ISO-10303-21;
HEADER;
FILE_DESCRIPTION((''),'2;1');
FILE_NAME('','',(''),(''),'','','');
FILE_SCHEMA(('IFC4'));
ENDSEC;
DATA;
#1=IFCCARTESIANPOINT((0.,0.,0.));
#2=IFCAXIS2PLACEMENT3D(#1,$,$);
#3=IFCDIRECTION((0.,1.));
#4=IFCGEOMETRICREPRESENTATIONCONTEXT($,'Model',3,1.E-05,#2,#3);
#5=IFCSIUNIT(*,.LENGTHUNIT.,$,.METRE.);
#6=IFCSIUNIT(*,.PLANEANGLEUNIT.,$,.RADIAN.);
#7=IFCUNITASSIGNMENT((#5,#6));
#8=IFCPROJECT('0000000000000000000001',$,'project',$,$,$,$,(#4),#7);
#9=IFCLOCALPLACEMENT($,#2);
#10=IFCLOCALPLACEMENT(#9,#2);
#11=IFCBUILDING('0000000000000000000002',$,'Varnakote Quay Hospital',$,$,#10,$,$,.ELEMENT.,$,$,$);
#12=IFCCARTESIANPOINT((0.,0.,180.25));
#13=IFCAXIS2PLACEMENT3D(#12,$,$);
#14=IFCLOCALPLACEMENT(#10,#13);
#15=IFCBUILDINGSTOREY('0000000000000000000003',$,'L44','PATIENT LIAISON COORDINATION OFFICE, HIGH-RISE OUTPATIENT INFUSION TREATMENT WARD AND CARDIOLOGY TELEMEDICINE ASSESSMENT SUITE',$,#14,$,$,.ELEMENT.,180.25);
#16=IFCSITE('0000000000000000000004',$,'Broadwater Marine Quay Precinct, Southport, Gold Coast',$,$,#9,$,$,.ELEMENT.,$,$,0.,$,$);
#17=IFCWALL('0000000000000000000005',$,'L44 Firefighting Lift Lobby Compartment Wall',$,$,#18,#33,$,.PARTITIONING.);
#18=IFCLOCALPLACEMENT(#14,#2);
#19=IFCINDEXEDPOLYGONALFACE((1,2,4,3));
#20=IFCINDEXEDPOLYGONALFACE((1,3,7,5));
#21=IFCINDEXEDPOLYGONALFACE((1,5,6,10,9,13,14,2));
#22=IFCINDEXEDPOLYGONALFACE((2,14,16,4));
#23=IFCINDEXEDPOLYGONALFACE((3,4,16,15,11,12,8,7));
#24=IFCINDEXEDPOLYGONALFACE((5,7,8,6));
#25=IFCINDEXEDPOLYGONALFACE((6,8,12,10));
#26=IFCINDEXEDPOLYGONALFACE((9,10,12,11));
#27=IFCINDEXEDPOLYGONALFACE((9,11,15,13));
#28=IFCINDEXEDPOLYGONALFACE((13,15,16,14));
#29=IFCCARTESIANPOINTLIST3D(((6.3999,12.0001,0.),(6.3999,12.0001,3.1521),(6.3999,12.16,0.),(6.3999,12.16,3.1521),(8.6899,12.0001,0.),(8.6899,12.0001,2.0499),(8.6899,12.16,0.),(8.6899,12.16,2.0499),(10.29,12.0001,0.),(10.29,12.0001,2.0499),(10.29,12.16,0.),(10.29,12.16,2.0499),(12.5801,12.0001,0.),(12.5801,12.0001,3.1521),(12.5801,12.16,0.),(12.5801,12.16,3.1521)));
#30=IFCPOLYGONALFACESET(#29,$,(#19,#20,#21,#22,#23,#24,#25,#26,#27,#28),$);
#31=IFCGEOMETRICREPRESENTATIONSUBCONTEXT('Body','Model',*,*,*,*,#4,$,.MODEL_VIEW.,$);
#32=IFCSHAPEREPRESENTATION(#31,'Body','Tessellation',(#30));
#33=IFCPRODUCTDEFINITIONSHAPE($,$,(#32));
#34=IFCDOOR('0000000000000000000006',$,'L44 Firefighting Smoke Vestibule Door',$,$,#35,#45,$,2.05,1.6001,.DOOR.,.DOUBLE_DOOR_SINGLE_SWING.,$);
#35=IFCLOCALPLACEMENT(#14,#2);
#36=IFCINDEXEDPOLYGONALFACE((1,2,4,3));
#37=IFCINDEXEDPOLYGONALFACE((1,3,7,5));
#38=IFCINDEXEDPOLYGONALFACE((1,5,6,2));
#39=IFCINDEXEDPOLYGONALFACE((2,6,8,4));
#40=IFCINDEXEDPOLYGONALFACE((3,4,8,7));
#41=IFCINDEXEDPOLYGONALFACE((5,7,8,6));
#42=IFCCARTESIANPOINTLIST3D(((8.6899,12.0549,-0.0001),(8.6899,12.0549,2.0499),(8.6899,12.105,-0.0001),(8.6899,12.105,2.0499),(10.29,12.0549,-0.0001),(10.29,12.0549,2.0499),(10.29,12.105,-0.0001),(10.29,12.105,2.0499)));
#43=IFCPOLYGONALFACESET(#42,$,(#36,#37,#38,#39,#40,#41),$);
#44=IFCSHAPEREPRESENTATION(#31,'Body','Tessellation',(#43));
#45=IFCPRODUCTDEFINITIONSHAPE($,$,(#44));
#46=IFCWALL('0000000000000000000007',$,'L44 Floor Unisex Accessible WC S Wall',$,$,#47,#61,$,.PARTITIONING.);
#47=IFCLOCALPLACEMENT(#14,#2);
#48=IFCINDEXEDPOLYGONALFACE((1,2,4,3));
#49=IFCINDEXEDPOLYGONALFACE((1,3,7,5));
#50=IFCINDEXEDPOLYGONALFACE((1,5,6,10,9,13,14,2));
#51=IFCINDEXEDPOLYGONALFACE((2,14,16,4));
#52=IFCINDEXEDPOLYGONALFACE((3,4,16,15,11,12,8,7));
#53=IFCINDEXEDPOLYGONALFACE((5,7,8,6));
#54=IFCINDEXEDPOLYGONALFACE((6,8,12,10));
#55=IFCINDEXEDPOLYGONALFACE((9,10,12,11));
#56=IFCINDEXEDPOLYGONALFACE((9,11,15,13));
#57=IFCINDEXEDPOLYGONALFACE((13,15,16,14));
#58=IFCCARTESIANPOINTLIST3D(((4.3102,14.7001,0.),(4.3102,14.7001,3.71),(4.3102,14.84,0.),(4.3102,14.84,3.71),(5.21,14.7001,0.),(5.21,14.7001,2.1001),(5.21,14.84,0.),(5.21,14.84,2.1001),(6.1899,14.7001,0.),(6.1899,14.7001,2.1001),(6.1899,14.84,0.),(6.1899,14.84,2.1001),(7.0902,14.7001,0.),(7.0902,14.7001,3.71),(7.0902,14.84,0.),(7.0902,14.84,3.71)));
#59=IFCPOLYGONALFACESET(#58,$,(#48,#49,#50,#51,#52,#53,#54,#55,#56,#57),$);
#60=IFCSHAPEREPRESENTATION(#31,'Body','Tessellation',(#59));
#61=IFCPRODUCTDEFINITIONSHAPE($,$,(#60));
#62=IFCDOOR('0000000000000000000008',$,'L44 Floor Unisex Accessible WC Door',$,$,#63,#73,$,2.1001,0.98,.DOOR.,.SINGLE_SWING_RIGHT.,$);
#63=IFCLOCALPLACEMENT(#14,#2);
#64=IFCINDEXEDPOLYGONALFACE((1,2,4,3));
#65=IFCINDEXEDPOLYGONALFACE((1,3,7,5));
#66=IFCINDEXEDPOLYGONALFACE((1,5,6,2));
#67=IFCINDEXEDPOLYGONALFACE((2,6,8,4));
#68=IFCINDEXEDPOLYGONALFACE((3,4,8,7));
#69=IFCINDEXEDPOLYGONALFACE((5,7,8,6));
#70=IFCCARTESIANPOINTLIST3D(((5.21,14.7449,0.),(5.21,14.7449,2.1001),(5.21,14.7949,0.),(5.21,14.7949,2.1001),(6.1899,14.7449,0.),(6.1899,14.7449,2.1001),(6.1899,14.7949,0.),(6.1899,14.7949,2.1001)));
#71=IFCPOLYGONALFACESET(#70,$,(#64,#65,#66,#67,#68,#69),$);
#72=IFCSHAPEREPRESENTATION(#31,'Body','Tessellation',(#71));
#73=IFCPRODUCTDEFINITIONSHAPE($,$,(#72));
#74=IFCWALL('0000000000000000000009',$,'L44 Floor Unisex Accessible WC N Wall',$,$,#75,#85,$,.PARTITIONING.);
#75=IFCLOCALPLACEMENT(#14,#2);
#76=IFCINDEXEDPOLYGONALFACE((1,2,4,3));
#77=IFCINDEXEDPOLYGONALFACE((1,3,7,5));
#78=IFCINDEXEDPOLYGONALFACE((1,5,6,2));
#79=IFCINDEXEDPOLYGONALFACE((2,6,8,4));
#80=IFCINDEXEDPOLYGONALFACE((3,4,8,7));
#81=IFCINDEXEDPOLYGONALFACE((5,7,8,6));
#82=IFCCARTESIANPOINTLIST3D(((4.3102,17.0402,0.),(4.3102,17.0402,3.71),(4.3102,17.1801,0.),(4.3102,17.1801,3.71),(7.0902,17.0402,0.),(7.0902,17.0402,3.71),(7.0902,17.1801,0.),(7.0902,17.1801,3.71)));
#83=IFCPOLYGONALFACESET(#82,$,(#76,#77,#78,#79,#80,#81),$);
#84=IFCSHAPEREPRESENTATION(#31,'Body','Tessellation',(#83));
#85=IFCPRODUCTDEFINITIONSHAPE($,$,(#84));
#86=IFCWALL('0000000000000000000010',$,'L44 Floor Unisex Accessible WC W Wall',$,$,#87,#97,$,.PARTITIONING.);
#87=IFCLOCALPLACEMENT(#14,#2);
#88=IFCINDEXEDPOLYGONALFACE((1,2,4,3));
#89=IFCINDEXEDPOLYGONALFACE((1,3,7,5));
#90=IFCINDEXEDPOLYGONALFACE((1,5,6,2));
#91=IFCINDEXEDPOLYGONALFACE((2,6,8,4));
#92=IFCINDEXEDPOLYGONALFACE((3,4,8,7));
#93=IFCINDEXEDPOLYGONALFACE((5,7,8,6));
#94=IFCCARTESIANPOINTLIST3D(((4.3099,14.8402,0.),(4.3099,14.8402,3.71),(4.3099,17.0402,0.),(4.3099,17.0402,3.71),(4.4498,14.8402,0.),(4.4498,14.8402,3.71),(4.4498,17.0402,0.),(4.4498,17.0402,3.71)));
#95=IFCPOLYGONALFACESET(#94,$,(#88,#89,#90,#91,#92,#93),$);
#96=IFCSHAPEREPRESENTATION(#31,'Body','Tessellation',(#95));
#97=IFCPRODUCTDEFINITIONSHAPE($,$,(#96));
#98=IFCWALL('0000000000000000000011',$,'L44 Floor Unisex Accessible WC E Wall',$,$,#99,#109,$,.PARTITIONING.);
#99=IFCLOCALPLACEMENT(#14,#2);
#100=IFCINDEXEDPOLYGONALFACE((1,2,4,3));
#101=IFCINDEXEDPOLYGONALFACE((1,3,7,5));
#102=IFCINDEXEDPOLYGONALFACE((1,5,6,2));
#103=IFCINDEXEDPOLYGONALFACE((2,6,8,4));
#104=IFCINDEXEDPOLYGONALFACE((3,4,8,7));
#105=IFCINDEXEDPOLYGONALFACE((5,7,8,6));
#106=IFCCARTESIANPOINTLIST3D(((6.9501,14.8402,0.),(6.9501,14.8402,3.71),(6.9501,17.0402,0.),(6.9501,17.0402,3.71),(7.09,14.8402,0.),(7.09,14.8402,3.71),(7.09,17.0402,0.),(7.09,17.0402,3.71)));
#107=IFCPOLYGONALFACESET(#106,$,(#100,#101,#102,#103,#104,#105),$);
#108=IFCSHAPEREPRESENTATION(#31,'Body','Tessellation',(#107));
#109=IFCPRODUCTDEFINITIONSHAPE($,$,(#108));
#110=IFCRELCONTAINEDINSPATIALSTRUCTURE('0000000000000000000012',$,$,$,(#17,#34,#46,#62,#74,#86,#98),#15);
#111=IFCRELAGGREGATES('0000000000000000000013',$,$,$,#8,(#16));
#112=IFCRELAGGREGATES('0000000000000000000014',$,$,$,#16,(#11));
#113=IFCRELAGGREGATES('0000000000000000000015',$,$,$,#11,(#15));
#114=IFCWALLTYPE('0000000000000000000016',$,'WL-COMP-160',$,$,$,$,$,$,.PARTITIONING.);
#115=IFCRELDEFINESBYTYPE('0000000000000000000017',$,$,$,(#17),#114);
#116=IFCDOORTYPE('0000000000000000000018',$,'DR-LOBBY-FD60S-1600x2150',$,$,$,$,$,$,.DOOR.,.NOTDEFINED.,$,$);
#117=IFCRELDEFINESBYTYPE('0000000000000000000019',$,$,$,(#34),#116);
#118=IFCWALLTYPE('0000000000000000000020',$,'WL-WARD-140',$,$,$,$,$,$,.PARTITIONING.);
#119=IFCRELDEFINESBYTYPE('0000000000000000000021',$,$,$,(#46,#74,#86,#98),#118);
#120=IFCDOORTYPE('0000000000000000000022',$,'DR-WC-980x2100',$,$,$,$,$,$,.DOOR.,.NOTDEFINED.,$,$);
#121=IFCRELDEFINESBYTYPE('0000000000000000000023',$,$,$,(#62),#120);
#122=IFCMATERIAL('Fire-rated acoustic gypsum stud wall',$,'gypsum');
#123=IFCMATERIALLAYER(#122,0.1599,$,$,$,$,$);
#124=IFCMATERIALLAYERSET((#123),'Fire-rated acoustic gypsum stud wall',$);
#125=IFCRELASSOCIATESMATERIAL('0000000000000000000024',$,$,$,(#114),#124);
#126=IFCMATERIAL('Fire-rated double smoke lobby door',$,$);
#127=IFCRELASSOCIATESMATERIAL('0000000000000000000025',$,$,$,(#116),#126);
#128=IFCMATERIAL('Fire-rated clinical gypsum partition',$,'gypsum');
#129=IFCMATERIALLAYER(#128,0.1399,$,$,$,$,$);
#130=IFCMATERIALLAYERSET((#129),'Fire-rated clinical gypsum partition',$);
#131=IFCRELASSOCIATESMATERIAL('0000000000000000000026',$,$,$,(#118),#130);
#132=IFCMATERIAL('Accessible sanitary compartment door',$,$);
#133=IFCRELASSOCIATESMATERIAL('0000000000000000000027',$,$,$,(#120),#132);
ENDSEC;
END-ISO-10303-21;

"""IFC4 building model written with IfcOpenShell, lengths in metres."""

from ifc_helpers import new_model, si_unit, direction, frame, frame_2d, origin, place, context, subcontext, project, spatial, rectangle, extrude, material, layer, layer_set, type_object, element, fill, save


model = new_model("IFC4")

# Units and contexts
model_context = context("Model", 3, precision=1e-05, world=origin(), true_north=direction((0.0, 1.0)))
body_context = subcontext(model_context, "Body", "Model", "MODEL_VIEW")
ifc_project = project(units=[si_unit("LENGTHUNIT", "METRE"), si_unit("PLANEANGLEUNIT", "RADIAN")], contexts=[model_context])

# Site, building, storey
site_placement = place(None, origin())
site = spatial("IfcSite", under=ifc_project, at=site_placement, Name="Broadwater Marine Quay Precinct, Southport, Gold Coast", CompositionType="ELEMENT", RefElevation=0.0)
building_placement = place(site_placement, origin())
building = spatial("IfcBuilding", under=site, at=building_placement, Name="Varnakote Quay Hospital", CompositionType="ELEMENT")
storey_placement = place(building_placement, frame((0.0, 0.0, 180.25)))
storey = spatial("IfcBuildingStorey", under=building, at=storey_placement, Name="L44", Description="PATIENT LIAISON COORDINATION OFFICE, HIGH-RISE OUTPATIENT INFUSION TREATMENT WARD AND CARDIOLOGY TELEMEDICINE ASSESSMENT SUITE", CompositionType="ELEMENT", Elevation=180.25)

# Walls, openings, doors
ifc_material_1 = material(Name="Fire-rated acoustic gypsum stud wall", Category="gypsum")
ifc_layer_1 = layer(ifc_material_1, 0.1599)
ifc_layer_set_1 = layer_set([ifc_layer_1], Name="Fire-rated acoustic gypsum stud wall")
wall_type_1 = type_object("IfcWallType", Name="WL-COMP-160", PredefinedType="PARTITIONING", material=ifc_layer_set_1)
ifc_material_2 = material(Name="Fire-rated double smoke lobby door")
door_type_1 = type_object("IfcDoorType", Name="DR-LOBBY-FD60S-1600x2150", OperationType="NOTDEFINED", PredefinedType="DOOR", material=ifc_material_2)
wall_1_placement = place(storey_placement, frame((6.3999, 12.0801, 0.0), z_axis=(0.0, 0.0, 1.0), x_axis=(1.0, 0.0, 0.0)))
wall_1 = element("IfcWall", 1, at=wall_1_placement, inside=storey, type_object=wall_type_1, Name="L44 Firefighting Lift Lobby Compartment Wall", PredefinedType="PARTITIONING", context=body_context, shape_type="SweptSolid", body=[
    extrude(rectangle(XDim=6.1802, YDim=0.1599, at=frame_2d((3.0901, 0.0))), origin(), (0.0, 0.0, 1.0), 3.1521),
])
opening_1_placement = place(wall_1_placement, frame((2.29, 0.0, 0.0)))
opening_1 = element("IfcOpeningElement", 2, at=opening_1_placement, cuts=wall_1, PredefinedType="OPENING", context=body_context, shape_type="SweptSolid", body=[
    extrude(rectangle(XDim=1.6001, YDim=2.05, at=frame_2d((0.8, 1.0249))), frame((0.0, 0.0898, 0.0), z_axis=(0.0, -1.0, 0.0), x_axis=(1.0, 0.0, 0.0)), (0.0, 0.0, 1.0), 0.1799),
])
door_1_placement = place(opening_1_placement, origin())
door_1 = element("IfcDoor", 3, at=door_1_placement, inside=storey, type_object=door_type_1, Name="L44 Firefighting Smoke Vestibule Door", OperationType="DOUBLE_DOOR_SINGLE_SWING", OverallHeight=2.05, OverallWidth=1.6001, PredefinedType="DOOR", context=body_context, shape_type="SweptSolid", body=[
    extrude(rectangle(XDim=1.6001, YDim=2.05, at=frame_2d((0.8, 1.0249))), frame((0.0, 0.0249, 0.0), z_axis=(0.0, -1.0, 0.0), x_axis=(1.0, 0.0, 0.0)), (0.0, 0.0, 1.0), 0.05),
])
fill(opening_1, door_1)
ifc_material_3 = material(Name="Fire-rated clinical gypsum partition", Category="gypsum")
ifc_layer_2 = layer(ifc_material_3, 0.1399)
ifc_layer_set_2 = layer_set([ifc_layer_2], Name="Fire-rated clinical gypsum partition")
wall_type_2 = type_object("IfcWallType", Name="WL-WARD-140", PredefinedType="PARTITIONING", material=ifc_layer_set_2)
wall_2_placement = place(storey_placement, frame((4.3101, 14.77, 0.0), z_axis=(0.0, 0.0, 1.0), x_axis=(1.0, 0.0, 0.0)))
wall_2 = element("IfcWall", 4, at=wall_2_placement, inside=storey, type_object=wall_type_2, Name="L44 Floor Unisex Accessible WC S Wall", PredefinedType="PARTITIONING", context=body_context, shape_type="SweptSolid", body=[
    extrude(rectangle(XDim=2.78, YDim=0.1399, at=frame_2d((1.3901, 0.0))), origin(), (0.0, 0.0, 1.0), 3.71),
])
opening_2_placement = place(wall_2_placement, frame((0.8999, 0.0, 0.0)))
opening_2 = element("IfcOpeningElement", 5, at=opening_2_placement, cuts=wall_2, PredefinedType="OPENING", context=body_context, shape_type="SweptSolid", body=[
    extrude(rectangle(XDim=0.98, YDim=2.1001, at=frame_2d((0.49, 1.05))), frame((0.0, 0.0798, 0.0), z_axis=(0.0, -1.0, 0.0), x_axis=(1.0, 0.0, 0.0)), (0.0, 0.0, 1.0), 0.1599),
])
ifc_material_4 = material(Name="Accessible sanitary compartment door")
door_type_2 = type_object("IfcDoorType", Name="DR-WC-980x2100", OperationType="NOTDEFINED", PredefinedType="DOOR", material=ifc_material_4)
door_2_placement = place(opening_2_placement, origin())
door_2 = element("IfcDoor", 6, at=door_2_placement, inside=storey, type_object=door_type_2, Name="L44 Floor Unisex Accessible WC Door", OperationType="SINGLE_SWING_RIGHT", OverallHeight=2.1001, OverallWidth=0.98, PredefinedType="DOOR", context=body_context, shape_type="SweptSolid", body=[
    extrude(rectangle(XDim=0.98, YDim=2.1001, at=frame_2d((0.49, 1.05))), frame((0.0, 0.0249, 0.0), z_axis=(0.0, -1.0, 0.0), x_axis=(1.0, 0.0, 0.0)), (0.0, 0.0, 1.0), 0.05),
])
fill(opening_2, door_2)

# Walls
wall_3_placement = place(storey_placement, frame((4.3101, 17.1101, 0.0), z_axis=(0.0, 0.0, 1.0), x_axis=(1.0, 0.0, 0.0)))
element("IfcWall", 7, at=wall_3_placement, inside=storey, type_object=wall_type_2, Name="L44 Floor Unisex Accessible WC N Wall", PredefinedType="PARTITIONING", context=body_context, shape_type="SweptSolid", body=[
    extrude(rectangle(XDim=2.78, YDim=0.1399, at=frame_2d((1.3901, 0.0))), origin(), (0.0, 0.0, 1.0), 3.71),
])
for number, where, z_axis, x_axis, name in (
    (8, (4.3799, 14.8401, 0.0), (0.0, 0.0, 1.0), (0.0, 1.0, 0.0), "L44 Floor Unisex Accessible WC W Wall"),
    (9, (7.02, 14.8401, 0.0), (0.0, 0.0, 1.0), (0.0, 1.0, 0.0), "L44 Floor Unisex Accessible WC E Wall"),
):
    element("IfcWall", number, at=place(storey_placement, frame(where, z_axis=z_axis, x_axis=x_axis)), inside=storey, type_object=wall_type_2, Name=name, PredefinedType="PARTITIONING", context=body_context, shape_type="SweptSolid", body=[
        extrude(rectangle(XDim=2.2, YDim=0.1399, at=frame_2d((1.1001, 0.0))), origin(), (0.0, 0.0, 1.0), 3.71),
    ])

save(model, "model.ifc")
